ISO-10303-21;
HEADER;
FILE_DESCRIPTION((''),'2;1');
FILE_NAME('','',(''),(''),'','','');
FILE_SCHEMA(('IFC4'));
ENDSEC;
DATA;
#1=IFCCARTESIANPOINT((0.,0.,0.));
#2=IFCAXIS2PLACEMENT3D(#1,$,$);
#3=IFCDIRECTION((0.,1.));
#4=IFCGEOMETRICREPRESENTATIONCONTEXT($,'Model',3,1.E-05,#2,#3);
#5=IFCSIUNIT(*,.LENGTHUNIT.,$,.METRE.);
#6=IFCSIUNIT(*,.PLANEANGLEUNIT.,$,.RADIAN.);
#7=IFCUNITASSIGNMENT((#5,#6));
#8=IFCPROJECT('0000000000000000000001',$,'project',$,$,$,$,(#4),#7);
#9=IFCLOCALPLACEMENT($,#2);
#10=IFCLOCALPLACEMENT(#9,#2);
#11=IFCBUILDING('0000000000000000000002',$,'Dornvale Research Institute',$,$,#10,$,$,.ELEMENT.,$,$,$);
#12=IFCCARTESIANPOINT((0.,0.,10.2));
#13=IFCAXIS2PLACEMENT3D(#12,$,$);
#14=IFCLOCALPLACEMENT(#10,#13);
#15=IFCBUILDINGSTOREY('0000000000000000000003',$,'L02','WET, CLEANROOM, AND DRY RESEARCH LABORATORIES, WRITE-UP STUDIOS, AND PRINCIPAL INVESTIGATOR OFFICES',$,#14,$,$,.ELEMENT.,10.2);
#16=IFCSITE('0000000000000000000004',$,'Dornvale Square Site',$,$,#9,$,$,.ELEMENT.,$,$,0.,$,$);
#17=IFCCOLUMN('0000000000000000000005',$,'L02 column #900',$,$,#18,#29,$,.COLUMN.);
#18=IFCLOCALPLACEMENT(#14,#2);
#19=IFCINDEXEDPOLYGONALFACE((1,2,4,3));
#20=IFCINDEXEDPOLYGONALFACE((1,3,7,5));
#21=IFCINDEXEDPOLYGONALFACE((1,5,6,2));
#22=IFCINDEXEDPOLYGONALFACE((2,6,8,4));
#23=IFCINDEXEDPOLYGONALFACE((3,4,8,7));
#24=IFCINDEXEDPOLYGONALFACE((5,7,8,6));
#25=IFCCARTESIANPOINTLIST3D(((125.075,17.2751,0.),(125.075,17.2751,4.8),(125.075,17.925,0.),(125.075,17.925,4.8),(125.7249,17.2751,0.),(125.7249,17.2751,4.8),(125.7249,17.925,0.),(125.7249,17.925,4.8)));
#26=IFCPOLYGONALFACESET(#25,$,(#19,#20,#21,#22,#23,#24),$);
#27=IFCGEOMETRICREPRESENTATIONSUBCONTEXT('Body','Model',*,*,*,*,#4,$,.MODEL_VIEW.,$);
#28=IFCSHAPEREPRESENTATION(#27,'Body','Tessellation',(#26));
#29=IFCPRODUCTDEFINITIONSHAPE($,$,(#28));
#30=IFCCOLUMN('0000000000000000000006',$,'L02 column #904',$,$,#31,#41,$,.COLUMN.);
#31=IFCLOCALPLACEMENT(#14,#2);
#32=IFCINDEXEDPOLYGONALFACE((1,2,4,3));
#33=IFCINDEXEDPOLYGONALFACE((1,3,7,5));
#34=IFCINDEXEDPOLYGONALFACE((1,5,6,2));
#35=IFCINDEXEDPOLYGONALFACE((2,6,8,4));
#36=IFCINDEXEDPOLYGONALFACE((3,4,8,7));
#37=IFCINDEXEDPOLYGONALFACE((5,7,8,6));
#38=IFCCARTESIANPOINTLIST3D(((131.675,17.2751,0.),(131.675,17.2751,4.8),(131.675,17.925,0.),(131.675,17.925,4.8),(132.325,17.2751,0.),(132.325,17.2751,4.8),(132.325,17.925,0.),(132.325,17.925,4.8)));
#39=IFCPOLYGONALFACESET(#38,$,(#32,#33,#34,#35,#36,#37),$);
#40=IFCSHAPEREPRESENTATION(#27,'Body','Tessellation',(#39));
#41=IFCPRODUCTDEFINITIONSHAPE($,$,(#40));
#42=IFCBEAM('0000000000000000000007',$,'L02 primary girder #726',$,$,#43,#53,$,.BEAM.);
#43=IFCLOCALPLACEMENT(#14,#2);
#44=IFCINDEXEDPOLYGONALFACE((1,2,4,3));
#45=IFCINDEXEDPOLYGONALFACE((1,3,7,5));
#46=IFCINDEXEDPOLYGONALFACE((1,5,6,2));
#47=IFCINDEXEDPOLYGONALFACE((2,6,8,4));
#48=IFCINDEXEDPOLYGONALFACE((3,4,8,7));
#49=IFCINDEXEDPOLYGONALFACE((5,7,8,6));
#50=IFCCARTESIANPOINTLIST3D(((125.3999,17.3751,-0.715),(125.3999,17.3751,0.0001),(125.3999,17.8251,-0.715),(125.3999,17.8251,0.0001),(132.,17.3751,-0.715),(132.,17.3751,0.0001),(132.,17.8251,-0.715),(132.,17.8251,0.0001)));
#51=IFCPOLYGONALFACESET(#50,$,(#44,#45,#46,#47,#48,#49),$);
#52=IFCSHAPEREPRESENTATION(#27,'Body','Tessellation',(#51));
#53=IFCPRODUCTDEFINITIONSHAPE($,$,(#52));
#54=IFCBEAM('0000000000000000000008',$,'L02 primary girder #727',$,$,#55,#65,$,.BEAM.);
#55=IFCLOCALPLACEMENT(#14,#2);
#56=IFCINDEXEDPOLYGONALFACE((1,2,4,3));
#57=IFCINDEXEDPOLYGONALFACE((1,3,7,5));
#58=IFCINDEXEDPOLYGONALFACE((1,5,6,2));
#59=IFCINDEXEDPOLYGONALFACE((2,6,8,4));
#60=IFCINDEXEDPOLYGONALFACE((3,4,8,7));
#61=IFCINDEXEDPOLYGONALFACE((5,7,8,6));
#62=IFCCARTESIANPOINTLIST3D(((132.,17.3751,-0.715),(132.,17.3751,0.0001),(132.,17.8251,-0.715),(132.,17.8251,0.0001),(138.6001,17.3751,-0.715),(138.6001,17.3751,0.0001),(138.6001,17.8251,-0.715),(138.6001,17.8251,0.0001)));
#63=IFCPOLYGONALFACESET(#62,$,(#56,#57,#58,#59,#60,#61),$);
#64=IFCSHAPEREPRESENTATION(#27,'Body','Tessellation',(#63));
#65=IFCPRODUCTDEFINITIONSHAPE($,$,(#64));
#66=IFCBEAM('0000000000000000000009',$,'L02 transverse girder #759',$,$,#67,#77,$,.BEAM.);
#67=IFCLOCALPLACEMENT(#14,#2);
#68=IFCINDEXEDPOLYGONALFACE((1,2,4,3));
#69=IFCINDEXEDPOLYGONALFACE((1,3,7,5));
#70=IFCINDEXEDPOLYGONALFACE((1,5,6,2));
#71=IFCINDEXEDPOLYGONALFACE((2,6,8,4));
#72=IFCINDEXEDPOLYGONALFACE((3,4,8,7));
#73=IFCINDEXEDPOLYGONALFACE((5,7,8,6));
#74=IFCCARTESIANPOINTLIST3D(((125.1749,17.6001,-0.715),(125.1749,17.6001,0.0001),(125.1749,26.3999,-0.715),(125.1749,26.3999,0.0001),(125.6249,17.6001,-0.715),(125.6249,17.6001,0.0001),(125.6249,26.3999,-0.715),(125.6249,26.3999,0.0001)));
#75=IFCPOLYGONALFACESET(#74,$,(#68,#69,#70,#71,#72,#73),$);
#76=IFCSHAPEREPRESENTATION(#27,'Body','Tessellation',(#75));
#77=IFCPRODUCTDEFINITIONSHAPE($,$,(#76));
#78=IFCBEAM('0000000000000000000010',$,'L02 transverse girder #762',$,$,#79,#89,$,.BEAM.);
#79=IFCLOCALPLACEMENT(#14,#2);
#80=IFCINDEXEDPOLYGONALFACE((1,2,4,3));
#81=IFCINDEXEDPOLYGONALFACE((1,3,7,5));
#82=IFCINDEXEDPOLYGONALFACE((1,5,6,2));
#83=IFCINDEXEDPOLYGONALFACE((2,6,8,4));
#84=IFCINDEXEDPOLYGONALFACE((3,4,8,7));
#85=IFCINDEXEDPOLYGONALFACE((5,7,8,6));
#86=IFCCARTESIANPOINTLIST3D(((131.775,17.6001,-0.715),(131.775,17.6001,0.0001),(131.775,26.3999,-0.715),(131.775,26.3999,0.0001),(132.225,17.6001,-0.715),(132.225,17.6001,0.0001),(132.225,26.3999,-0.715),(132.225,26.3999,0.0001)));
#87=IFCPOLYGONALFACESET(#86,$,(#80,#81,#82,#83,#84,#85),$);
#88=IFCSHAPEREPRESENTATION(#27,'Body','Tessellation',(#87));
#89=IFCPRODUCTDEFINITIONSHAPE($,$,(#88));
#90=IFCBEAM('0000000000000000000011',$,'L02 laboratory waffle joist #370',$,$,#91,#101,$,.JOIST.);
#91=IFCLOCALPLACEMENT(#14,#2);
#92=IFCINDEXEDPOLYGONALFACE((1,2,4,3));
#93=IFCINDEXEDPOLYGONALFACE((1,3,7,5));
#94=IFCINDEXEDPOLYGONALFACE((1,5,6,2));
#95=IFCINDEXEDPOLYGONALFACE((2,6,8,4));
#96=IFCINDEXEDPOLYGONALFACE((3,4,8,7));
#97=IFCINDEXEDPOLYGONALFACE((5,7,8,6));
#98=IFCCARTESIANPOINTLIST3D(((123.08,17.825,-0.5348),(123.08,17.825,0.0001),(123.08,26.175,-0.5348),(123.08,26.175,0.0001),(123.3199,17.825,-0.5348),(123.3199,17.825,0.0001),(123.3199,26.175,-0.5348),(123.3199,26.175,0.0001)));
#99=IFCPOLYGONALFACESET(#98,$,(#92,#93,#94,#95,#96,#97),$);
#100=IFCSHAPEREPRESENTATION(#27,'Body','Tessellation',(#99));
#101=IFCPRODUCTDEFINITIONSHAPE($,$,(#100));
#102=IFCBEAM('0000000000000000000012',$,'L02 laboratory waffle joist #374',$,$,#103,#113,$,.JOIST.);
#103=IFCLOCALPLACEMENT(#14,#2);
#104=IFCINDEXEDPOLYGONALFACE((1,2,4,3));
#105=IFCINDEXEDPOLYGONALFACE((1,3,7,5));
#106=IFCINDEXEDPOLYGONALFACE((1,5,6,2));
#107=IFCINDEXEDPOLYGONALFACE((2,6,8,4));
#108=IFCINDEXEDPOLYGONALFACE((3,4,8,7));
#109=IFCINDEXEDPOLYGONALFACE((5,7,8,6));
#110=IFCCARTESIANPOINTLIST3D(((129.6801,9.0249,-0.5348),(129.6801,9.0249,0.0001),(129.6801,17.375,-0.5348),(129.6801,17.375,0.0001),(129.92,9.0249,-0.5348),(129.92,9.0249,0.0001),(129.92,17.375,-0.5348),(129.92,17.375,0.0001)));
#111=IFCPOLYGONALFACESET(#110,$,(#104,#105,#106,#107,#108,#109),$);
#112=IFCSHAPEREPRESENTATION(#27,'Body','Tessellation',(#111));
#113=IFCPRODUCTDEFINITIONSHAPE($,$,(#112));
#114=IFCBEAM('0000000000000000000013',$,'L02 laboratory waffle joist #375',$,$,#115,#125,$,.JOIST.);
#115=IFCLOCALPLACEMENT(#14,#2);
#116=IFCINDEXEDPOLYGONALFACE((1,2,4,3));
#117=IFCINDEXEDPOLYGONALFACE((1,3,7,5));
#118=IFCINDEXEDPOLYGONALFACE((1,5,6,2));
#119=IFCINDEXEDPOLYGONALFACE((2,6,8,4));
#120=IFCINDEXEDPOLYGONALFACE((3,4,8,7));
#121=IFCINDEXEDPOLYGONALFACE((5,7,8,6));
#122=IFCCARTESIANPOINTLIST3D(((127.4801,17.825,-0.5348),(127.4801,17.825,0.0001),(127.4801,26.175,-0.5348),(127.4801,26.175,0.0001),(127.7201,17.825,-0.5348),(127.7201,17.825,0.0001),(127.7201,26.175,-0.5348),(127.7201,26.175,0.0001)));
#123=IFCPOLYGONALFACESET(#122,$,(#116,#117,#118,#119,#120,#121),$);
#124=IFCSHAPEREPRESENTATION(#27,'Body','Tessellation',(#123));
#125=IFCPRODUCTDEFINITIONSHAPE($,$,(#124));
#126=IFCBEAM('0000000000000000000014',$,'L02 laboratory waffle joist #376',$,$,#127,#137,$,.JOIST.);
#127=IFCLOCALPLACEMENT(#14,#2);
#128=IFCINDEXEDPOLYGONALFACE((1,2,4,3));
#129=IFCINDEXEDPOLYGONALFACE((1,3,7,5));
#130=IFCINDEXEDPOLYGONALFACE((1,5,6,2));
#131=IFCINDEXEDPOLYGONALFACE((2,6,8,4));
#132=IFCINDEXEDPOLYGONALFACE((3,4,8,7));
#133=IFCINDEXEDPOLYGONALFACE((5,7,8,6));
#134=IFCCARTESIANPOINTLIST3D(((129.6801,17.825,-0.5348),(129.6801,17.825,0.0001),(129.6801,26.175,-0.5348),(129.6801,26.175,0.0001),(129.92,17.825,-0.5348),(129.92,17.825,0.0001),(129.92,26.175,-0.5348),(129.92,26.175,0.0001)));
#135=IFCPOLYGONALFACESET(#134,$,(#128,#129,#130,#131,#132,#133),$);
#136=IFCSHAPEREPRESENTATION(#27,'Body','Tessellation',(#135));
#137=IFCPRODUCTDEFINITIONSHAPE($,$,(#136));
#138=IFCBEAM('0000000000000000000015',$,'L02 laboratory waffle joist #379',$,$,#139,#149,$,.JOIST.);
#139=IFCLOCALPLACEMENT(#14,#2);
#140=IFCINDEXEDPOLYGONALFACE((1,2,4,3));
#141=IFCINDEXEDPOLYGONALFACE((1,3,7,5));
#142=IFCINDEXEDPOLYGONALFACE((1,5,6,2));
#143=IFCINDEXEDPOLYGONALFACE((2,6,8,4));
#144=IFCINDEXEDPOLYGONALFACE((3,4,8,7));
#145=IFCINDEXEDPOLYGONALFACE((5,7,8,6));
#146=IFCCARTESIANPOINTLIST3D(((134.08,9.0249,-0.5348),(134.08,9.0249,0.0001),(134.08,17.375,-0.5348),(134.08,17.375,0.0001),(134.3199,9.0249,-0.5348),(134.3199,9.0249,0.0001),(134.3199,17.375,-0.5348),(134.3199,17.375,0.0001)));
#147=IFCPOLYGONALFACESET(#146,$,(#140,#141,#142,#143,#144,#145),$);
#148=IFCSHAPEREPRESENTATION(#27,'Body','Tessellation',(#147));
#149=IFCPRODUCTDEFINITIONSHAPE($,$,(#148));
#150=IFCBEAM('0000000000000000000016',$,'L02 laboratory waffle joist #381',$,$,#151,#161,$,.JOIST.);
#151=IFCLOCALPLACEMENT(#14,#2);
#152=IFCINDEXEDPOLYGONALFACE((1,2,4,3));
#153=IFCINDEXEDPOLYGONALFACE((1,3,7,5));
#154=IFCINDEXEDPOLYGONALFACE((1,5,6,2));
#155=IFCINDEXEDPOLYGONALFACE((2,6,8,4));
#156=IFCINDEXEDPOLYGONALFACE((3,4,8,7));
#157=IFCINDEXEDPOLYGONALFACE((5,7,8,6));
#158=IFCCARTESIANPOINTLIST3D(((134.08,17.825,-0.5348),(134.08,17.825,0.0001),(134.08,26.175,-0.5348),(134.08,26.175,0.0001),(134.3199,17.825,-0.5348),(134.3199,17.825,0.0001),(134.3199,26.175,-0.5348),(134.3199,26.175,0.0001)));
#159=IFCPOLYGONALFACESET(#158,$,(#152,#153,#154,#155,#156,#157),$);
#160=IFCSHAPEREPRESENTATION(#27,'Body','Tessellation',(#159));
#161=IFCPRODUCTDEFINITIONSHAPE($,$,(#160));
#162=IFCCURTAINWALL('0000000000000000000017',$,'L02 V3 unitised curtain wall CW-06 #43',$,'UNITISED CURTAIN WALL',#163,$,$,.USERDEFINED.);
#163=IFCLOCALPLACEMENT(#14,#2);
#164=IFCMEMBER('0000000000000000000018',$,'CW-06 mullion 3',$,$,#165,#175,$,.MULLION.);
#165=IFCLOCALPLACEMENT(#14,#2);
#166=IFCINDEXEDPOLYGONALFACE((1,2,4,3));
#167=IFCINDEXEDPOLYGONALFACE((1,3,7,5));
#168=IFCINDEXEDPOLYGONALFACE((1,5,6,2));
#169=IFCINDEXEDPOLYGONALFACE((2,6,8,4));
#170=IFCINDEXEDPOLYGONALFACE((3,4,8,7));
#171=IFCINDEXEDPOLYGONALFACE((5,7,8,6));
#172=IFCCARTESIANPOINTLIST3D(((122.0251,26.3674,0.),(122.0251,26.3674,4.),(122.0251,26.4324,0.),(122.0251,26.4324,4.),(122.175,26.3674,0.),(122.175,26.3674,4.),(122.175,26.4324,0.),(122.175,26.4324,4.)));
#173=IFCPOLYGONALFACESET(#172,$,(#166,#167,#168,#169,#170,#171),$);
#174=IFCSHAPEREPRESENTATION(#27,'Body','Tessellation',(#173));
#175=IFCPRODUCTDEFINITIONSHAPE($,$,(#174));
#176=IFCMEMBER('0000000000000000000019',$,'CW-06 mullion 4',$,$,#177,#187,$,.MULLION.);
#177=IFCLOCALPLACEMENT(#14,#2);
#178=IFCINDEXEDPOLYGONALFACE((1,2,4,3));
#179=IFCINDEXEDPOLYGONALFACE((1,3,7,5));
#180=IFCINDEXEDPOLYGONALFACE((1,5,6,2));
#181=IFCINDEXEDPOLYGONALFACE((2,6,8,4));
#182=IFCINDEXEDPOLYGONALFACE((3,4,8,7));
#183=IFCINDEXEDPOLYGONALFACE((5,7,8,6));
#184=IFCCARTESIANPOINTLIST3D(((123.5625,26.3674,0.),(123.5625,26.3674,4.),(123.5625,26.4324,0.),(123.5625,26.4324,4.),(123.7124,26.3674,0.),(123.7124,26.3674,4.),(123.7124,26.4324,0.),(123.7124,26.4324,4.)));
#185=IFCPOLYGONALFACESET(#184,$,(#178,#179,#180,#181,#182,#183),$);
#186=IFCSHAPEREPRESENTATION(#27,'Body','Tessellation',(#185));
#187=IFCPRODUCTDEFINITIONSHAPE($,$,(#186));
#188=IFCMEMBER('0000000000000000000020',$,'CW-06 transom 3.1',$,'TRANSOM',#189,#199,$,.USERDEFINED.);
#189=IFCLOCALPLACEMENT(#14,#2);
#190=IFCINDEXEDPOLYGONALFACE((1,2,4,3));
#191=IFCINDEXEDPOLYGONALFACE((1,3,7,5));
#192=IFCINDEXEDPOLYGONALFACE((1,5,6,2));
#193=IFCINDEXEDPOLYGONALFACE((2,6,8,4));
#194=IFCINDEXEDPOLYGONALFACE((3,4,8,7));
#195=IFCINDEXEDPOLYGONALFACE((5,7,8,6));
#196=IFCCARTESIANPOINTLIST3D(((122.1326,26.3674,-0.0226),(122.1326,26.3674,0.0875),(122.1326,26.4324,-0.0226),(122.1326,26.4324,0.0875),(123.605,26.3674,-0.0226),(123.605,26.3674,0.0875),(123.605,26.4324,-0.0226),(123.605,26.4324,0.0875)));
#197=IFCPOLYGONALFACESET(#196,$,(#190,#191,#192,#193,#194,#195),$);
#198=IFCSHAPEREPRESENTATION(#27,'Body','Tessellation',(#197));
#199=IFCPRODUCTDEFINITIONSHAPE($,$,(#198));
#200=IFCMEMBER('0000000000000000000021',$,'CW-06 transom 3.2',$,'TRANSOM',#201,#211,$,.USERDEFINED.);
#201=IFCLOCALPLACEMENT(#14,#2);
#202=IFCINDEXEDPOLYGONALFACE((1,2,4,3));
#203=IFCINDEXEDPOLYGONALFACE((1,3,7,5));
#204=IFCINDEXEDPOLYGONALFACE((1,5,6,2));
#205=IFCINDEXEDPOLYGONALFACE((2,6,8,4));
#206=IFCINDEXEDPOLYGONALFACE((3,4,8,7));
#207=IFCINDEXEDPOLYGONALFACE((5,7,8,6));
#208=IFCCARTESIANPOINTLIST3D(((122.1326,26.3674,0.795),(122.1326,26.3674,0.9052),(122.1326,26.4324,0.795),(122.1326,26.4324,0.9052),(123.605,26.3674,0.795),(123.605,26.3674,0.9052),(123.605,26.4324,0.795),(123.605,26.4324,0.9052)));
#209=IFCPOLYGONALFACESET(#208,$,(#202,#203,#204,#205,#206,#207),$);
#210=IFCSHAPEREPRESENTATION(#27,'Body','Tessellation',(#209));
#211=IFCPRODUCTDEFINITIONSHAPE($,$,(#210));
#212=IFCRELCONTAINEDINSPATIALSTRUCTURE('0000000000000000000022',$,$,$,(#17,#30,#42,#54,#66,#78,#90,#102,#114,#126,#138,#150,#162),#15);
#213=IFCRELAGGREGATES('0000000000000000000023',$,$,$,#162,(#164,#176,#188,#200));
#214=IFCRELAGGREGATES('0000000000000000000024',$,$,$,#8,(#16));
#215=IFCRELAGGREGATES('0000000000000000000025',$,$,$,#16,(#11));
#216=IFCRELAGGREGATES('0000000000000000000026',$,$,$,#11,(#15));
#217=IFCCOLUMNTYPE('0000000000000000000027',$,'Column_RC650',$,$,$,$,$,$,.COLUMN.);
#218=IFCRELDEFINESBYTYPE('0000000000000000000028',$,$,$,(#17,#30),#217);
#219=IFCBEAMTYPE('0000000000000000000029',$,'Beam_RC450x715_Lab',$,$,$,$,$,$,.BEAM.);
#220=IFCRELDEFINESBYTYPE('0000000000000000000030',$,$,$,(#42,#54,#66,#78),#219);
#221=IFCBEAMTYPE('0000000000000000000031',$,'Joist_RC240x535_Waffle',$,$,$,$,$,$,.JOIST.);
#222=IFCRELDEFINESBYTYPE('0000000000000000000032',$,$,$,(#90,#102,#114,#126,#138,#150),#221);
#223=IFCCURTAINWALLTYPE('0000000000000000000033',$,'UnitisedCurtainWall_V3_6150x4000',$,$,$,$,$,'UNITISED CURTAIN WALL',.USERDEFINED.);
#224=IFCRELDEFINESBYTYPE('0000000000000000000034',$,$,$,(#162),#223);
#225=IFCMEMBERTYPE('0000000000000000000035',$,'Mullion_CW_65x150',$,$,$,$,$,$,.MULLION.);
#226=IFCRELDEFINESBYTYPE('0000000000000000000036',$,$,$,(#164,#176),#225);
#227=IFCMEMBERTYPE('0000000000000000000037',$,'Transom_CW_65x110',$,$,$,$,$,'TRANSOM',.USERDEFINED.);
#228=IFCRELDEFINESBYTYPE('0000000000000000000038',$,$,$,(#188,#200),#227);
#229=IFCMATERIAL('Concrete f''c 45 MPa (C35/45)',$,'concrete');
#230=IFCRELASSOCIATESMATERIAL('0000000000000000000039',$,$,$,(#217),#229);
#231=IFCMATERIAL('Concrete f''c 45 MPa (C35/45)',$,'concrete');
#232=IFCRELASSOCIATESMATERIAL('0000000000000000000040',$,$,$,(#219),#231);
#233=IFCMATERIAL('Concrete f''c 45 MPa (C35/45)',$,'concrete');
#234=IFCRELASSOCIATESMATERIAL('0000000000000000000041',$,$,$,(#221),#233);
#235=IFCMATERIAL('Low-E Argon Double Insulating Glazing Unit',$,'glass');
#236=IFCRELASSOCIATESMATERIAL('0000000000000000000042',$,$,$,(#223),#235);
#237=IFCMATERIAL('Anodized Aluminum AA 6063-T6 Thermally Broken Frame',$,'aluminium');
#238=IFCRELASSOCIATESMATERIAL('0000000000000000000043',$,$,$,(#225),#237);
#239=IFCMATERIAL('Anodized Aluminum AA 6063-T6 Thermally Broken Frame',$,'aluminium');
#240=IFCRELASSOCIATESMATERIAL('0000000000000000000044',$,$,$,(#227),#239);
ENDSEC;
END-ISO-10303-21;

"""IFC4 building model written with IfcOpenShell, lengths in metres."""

from ifc_helpers import new_model, si_unit, direction, frame, origin, origin_2d, place, context, subcontext, project, spatial, rectangle, extrude, material, material_profile, profile_set, type_object, element, aggregate, save


model = new_model("IFC4")

# Units and contexts
model_context = context("Model", 3, precision=1e-05, world=origin(), true_north=direction((0.0, 1.0)))
body_context = subcontext(model_context, "Body", "Model", "MODEL_VIEW")
ifc_project = project(units=[si_unit("LENGTHUNIT", "METRE"), si_unit("PLANEANGLEUNIT", "RADIAN")], contexts=[model_context])

# Site, building, storey
site_placement = place(None, origin())
site = spatial("IfcSite", under=ifc_project, at=site_placement, Name="Dornvale Square Site", CompositionType="ELEMENT", RefElevation=0.0)
building_placement = place(site_placement, origin())
building = spatial("IfcBuilding", under=site, at=building_placement, Name="Dornvale Research Institute", CompositionType="ELEMENT")
storey_placement = place(building_placement, frame((0.0, 0.0, 10.2)))
storey = spatial("IfcBuildingStorey", under=building, at=storey_placement, Name="L02", Description="WET, CLEANROOM, AND DRY RESEARCH LABORATORIES, WRITE-UP STUDIOS, AND PRINCIPAL INVESTIGATOR OFFICES", CompositionType="ELEMENT", Elevation=10.2)

# Columns
ifc_material_1 = material(Name="Concrete f'c 45 MPa (C35/45)", Category="concrete")
ifc_material_profile_1 = material_profile(ifc_material_1, rectangle(XDim=0.6499, YDim=0.6499, at=origin_2d()), Name="RC 650x650")
ifc_profile_set_1 = profile_set([ifc_material_profile_1], Name="Concrete f'c 45 MPa (C35/45)")
column_type = type_object("IfcColumnType", Name="Column_RC650", PredefinedType="COLUMN", material=ifc_profile_set_1)
for number, where, z_axis, x_axis, name in (
    (1, (125.3999, 17.6001, 0.0), (0.0, 0.0, 1.0), (1.0, 0.0, 0.0), "L02 column #900"),
    (2, (132.0, 17.6001, 0.0), (0.0, 0.0, 1.0), (1.0, 0.0, 0.0), "L02 column #904"),
):
    element("IfcColumn", number, at=place(storey_placement, frame(where, z_axis=z_axis, x_axis=x_axis)), inside=storey, type_object=column_type, Name=name, PredefinedType="COLUMN", context=body_context, shape_type="SweptSolid", body=[
        extrude(rectangle(XDim=0.6499, YDim=0.6499, at=origin_2d()), origin(), (0.0, 0.0, 1.0), 4.8),
    ])

# Beams
ifc_material_2 = material(Name="Concrete f'c 45 MPa (C35/45)", Category="concrete")
ifc_material_profile_2 = material_profile(ifc_material_2, rectangle(XDim=0.45, YDim=0.7151, at=origin_2d()), Name="RC 450x715")
ifc_profile_set_2 = profile_set([ifc_material_profile_2], Name="Concrete f'c 45 MPa (C35/45)")
beam_type_1 = type_object("IfcBeamType", Name="Beam_RC450x715_Lab", PredefinedType="BEAM", material=ifc_profile_set_2)
for number, where, z_axis, x_axis, name in (
    (3, (125.3999, 17.6001, -0.3574), (1.0, 0.0, 0.0), (0.0, 1.0, 0.0), "L02 primary girder #726"),
    (4, (132.0, 17.6001, -0.3574), (1.0, 0.0, 0.0), (0.0, 1.0, 0.0), "L02 primary girder #727"),
):
    element("IfcBeam", number, at=place(storey_placement, frame(where, z_axis=z_axis, x_axis=x_axis)), inside=storey, type_object=beam_type_1, Name=name, PredefinedType="BEAM", context=body_context, shape_type="SweptSolid", body=[
        extrude(rectangle(XDim=0.45, YDim=0.7151, at=origin_2d()), origin(), (0.0, 0.0, 1.0), 6.6001),
    ])
for number, where, z_axis, x_axis, name in (
    (5, (125.3999, 17.6001, -0.3574), (0.0, 1.0, 0.0), (-1.0, 0.0, 0.0), "L02 transverse girder #759"),
    (6, (132.0, 17.6001, -0.3574), (0.0, 1.0, 0.0), (-1.0, 0.0, 0.0), "L02 transverse girder #762"),
):
    element("IfcBeam", number, at=place(storey_placement, frame(where, z_axis=z_axis, x_axis=x_axis)), inside=storey, type_object=beam_type_1, Name=name, PredefinedType="BEAM", context=body_context, shape_type="SweptSolid", body=[
        extrude(rectangle(XDim=0.45, YDim=0.7151, at=origin_2d()), origin(), (0.0, 0.0, 1.0), 8.7998),
    ])
ifc_material_3 = material(Name="Concrete f'c 45 MPa (C35/45)", Category="concrete")
ifc_material_profile_3 = material_profile(ifc_material_3, rectangle(XDim=0.24, YDim=0.5349, at=origin_2d()), Name="RC 240x535")
ifc_profile_set_3 = profile_set([ifc_material_profile_3], Name="Concrete f'c 45 MPa (C35/45)")
beam_type_2 = type_object("IfcBeamType", Name="Joist_RC240x535_Waffle", PredefinedType="JOIST", material=ifc_profile_set_3)
for number, where, z_axis, x_axis, name in (
    (7, (123.2, 17.825, -0.2673), (0.0, 1.0, 0.0), (-1.0, 0.0, 0.0), "L02 laboratory waffle joist #370"),
    (8, (129.8, 9.0249, -0.2673), (0.0, 1.0, 0.0), (-1.0, 0.0, 0.0), "L02 laboratory waffle joist #374"),
    (9, (127.6001, 17.825, -0.2673), (0.0, 1.0, 0.0), (-1.0, 0.0, 0.0), "L02 laboratory waffle joist #375"),
    (10, (129.8, 17.825, -0.2673), (0.0, 1.0, 0.0), (-1.0, 0.0, 0.0), "L02 laboratory waffle joist #376"),
    (11, (134.2, 9.0249, -0.2673), (0.0, 1.0, 0.0), (-1.0, 0.0, 0.0), "L02 laboratory waffle joist #379"),
    (12, (134.2, 17.825, -0.2673), (0.0, 1.0, 0.0), (-1.0, 0.0, 0.0), "L02 laboratory waffle joist #381"),
):
    element("IfcBeam", number, at=place(storey_placement, frame(where, z_axis=z_axis, x_axis=x_axis)), inside=storey, type_object=beam_type_2, Name=name, PredefinedType="JOIST", context=body_context, shape_type="SweptSolid", body=[
        extrude(rectangle(XDim=0.24, YDim=0.5349, at=origin_2d()), origin(), (0.0, 0.0, 1.0), 8.3501),
    ])

# Curtain wall, members
ifc_material_4 = material(Name="Low-E Argon Double Insulating Glazing Unit", Category="glass")
curtain_wall_type = type_object("IfcCurtainWallType", Name="UnitisedCurtainWall_V3_6150x4000", ElementType="UNITISED CURTAIN WALL", PredefinedType="USERDEFINED", material=ifc_material_4)
curtain_wall_placement = place(storey_placement, origin())
curtain_wall = element("IfcCurtainWall", 13, at=curtain_wall_placement, inside=storey, type_object=curtain_wall_type, Name="L02 V3 unitised curtain wall CW-06 #43", ObjectType="UNITISED CURTAIN WALL", PredefinedType="USERDEFINED")
ifc_material_5 = material(Name="Anodized Aluminum AA 6063-T6 Thermally Broken Frame", Category="aluminium")
ifc_material_profile_4 = material_profile(ifc_material_5, rectangle(XDim=0.0649, YDim=0.1499, at=origin_2d()), Name="ALU MULLION 65x150")
ifc_profile_set_4 = profile_set([ifc_material_profile_4], Name="Anodized Aluminum AA 6063-T6 Thermally Broken Frame")
member_type_1 = type_object("IfcMemberType", Name="Mullion_CW_65x150", PredefinedType="MULLION", material=ifc_profile_set_4)
member_1_placement = place(storey_placement, frame((122.1001, 26.3999, 0.0), z_axis=(0.0, 0.0, 1.0), x_axis=(0.0, 1.0, 0.0)))
member_1 = element("IfcMember", 14, at=member_1_placement, type_object=member_type_1, Name="CW-06 mullion 3", PredefinedType="MULLION", context=body_context, shape_type="SweptSolid", body=[
    extrude(rectangle(XDim=0.0649, YDim=0.1499, at=origin_2d()), origin(), (0.0, 0.0, 1.0), 4.0),
])
member_2_placement = place(storey_placement, frame((123.6375, 26.3999, 0.0), z_axis=(0.0, 0.0, 1.0), x_axis=(0.0, 1.0, 0.0)))
member_2 = element("IfcMember", 15, at=member_2_placement, type_object=member_type_1, Name="CW-06 mullion 4", PredefinedType="MULLION", context=body_context, shape_type="SweptSolid", body=[
    extrude(rectangle(XDim=0.0649, YDim=0.1499, at=origin_2d()), origin(), (0.0, 0.0, 1.0), 4.0),
])
ifc_material_6 = material(Name="Anodized Aluminum AA 6063-T6 Thermally Broken Frame", Category="aluminium")
ifc_material_profile_5 = material_profile(ifc_material_6, rectangle(XDim=0.0649, YDim=0.1101, at=origin_2d()), Name="ALU TRANSOM 65x110")
ifc_profile_set_5 = profile_set([ifc_material_profile_5], Name="Anodized Aluminum AA 6063-T6 Thermally Broken Frame")
member_type_2 = type_object("IfcMemberType", Name="Transom_CW_65x110", ElementType="TRANSOM", PredefinedType="USERDEFINED", material=ifc_profile_set_5)
member_3_placement = place(storey_placement, frame((122.1326, 26.3999, 0.0325), z_axis=(1.0, 0.0, 0.0), x_axis=(0.0, 1.0, 0.0)))
member_3 = element("IfcMember", 16, at=member_3_placement, type_object=member_type_2, Name="CW-06 transom 3.1", ObjectType="TRANSOM", PredefinedType="USERDEFINED", context=body_context, shape_type="SweptSolid", body=[
    extrude(rectangle(XDim=0.0649, YDim=0.1101, at=origin_2d()), origin(), (0.0, 0.0, 1.0), 1.4724),
])
member_4_placement = place(storey_placement, frame((122.1326, 26.3999, 0.8501), z_axis=(1.0, 0.0, 0.0), x_axis=(0.0, 1.0, 0.0)))
member_4 = element("IfcMember", 17, at=member_4_placement, type_object=member_type_2, Name="CW-06 transom 3.2", ObjectType="TRANSOM", PredefinedType="USERDEFINED", context=body_context, shape_type="SweptSolid", body=[
    extrude(rectangle(XDim=0.0649, YDim=0.1101, at=origin_2d()), origin(), (0.0, 0.0, 1.0), 1.4724),
])
aggregate(curtain_wall, [member_1, member_2, member_3, member_4])

save(model, "model.ifc")
